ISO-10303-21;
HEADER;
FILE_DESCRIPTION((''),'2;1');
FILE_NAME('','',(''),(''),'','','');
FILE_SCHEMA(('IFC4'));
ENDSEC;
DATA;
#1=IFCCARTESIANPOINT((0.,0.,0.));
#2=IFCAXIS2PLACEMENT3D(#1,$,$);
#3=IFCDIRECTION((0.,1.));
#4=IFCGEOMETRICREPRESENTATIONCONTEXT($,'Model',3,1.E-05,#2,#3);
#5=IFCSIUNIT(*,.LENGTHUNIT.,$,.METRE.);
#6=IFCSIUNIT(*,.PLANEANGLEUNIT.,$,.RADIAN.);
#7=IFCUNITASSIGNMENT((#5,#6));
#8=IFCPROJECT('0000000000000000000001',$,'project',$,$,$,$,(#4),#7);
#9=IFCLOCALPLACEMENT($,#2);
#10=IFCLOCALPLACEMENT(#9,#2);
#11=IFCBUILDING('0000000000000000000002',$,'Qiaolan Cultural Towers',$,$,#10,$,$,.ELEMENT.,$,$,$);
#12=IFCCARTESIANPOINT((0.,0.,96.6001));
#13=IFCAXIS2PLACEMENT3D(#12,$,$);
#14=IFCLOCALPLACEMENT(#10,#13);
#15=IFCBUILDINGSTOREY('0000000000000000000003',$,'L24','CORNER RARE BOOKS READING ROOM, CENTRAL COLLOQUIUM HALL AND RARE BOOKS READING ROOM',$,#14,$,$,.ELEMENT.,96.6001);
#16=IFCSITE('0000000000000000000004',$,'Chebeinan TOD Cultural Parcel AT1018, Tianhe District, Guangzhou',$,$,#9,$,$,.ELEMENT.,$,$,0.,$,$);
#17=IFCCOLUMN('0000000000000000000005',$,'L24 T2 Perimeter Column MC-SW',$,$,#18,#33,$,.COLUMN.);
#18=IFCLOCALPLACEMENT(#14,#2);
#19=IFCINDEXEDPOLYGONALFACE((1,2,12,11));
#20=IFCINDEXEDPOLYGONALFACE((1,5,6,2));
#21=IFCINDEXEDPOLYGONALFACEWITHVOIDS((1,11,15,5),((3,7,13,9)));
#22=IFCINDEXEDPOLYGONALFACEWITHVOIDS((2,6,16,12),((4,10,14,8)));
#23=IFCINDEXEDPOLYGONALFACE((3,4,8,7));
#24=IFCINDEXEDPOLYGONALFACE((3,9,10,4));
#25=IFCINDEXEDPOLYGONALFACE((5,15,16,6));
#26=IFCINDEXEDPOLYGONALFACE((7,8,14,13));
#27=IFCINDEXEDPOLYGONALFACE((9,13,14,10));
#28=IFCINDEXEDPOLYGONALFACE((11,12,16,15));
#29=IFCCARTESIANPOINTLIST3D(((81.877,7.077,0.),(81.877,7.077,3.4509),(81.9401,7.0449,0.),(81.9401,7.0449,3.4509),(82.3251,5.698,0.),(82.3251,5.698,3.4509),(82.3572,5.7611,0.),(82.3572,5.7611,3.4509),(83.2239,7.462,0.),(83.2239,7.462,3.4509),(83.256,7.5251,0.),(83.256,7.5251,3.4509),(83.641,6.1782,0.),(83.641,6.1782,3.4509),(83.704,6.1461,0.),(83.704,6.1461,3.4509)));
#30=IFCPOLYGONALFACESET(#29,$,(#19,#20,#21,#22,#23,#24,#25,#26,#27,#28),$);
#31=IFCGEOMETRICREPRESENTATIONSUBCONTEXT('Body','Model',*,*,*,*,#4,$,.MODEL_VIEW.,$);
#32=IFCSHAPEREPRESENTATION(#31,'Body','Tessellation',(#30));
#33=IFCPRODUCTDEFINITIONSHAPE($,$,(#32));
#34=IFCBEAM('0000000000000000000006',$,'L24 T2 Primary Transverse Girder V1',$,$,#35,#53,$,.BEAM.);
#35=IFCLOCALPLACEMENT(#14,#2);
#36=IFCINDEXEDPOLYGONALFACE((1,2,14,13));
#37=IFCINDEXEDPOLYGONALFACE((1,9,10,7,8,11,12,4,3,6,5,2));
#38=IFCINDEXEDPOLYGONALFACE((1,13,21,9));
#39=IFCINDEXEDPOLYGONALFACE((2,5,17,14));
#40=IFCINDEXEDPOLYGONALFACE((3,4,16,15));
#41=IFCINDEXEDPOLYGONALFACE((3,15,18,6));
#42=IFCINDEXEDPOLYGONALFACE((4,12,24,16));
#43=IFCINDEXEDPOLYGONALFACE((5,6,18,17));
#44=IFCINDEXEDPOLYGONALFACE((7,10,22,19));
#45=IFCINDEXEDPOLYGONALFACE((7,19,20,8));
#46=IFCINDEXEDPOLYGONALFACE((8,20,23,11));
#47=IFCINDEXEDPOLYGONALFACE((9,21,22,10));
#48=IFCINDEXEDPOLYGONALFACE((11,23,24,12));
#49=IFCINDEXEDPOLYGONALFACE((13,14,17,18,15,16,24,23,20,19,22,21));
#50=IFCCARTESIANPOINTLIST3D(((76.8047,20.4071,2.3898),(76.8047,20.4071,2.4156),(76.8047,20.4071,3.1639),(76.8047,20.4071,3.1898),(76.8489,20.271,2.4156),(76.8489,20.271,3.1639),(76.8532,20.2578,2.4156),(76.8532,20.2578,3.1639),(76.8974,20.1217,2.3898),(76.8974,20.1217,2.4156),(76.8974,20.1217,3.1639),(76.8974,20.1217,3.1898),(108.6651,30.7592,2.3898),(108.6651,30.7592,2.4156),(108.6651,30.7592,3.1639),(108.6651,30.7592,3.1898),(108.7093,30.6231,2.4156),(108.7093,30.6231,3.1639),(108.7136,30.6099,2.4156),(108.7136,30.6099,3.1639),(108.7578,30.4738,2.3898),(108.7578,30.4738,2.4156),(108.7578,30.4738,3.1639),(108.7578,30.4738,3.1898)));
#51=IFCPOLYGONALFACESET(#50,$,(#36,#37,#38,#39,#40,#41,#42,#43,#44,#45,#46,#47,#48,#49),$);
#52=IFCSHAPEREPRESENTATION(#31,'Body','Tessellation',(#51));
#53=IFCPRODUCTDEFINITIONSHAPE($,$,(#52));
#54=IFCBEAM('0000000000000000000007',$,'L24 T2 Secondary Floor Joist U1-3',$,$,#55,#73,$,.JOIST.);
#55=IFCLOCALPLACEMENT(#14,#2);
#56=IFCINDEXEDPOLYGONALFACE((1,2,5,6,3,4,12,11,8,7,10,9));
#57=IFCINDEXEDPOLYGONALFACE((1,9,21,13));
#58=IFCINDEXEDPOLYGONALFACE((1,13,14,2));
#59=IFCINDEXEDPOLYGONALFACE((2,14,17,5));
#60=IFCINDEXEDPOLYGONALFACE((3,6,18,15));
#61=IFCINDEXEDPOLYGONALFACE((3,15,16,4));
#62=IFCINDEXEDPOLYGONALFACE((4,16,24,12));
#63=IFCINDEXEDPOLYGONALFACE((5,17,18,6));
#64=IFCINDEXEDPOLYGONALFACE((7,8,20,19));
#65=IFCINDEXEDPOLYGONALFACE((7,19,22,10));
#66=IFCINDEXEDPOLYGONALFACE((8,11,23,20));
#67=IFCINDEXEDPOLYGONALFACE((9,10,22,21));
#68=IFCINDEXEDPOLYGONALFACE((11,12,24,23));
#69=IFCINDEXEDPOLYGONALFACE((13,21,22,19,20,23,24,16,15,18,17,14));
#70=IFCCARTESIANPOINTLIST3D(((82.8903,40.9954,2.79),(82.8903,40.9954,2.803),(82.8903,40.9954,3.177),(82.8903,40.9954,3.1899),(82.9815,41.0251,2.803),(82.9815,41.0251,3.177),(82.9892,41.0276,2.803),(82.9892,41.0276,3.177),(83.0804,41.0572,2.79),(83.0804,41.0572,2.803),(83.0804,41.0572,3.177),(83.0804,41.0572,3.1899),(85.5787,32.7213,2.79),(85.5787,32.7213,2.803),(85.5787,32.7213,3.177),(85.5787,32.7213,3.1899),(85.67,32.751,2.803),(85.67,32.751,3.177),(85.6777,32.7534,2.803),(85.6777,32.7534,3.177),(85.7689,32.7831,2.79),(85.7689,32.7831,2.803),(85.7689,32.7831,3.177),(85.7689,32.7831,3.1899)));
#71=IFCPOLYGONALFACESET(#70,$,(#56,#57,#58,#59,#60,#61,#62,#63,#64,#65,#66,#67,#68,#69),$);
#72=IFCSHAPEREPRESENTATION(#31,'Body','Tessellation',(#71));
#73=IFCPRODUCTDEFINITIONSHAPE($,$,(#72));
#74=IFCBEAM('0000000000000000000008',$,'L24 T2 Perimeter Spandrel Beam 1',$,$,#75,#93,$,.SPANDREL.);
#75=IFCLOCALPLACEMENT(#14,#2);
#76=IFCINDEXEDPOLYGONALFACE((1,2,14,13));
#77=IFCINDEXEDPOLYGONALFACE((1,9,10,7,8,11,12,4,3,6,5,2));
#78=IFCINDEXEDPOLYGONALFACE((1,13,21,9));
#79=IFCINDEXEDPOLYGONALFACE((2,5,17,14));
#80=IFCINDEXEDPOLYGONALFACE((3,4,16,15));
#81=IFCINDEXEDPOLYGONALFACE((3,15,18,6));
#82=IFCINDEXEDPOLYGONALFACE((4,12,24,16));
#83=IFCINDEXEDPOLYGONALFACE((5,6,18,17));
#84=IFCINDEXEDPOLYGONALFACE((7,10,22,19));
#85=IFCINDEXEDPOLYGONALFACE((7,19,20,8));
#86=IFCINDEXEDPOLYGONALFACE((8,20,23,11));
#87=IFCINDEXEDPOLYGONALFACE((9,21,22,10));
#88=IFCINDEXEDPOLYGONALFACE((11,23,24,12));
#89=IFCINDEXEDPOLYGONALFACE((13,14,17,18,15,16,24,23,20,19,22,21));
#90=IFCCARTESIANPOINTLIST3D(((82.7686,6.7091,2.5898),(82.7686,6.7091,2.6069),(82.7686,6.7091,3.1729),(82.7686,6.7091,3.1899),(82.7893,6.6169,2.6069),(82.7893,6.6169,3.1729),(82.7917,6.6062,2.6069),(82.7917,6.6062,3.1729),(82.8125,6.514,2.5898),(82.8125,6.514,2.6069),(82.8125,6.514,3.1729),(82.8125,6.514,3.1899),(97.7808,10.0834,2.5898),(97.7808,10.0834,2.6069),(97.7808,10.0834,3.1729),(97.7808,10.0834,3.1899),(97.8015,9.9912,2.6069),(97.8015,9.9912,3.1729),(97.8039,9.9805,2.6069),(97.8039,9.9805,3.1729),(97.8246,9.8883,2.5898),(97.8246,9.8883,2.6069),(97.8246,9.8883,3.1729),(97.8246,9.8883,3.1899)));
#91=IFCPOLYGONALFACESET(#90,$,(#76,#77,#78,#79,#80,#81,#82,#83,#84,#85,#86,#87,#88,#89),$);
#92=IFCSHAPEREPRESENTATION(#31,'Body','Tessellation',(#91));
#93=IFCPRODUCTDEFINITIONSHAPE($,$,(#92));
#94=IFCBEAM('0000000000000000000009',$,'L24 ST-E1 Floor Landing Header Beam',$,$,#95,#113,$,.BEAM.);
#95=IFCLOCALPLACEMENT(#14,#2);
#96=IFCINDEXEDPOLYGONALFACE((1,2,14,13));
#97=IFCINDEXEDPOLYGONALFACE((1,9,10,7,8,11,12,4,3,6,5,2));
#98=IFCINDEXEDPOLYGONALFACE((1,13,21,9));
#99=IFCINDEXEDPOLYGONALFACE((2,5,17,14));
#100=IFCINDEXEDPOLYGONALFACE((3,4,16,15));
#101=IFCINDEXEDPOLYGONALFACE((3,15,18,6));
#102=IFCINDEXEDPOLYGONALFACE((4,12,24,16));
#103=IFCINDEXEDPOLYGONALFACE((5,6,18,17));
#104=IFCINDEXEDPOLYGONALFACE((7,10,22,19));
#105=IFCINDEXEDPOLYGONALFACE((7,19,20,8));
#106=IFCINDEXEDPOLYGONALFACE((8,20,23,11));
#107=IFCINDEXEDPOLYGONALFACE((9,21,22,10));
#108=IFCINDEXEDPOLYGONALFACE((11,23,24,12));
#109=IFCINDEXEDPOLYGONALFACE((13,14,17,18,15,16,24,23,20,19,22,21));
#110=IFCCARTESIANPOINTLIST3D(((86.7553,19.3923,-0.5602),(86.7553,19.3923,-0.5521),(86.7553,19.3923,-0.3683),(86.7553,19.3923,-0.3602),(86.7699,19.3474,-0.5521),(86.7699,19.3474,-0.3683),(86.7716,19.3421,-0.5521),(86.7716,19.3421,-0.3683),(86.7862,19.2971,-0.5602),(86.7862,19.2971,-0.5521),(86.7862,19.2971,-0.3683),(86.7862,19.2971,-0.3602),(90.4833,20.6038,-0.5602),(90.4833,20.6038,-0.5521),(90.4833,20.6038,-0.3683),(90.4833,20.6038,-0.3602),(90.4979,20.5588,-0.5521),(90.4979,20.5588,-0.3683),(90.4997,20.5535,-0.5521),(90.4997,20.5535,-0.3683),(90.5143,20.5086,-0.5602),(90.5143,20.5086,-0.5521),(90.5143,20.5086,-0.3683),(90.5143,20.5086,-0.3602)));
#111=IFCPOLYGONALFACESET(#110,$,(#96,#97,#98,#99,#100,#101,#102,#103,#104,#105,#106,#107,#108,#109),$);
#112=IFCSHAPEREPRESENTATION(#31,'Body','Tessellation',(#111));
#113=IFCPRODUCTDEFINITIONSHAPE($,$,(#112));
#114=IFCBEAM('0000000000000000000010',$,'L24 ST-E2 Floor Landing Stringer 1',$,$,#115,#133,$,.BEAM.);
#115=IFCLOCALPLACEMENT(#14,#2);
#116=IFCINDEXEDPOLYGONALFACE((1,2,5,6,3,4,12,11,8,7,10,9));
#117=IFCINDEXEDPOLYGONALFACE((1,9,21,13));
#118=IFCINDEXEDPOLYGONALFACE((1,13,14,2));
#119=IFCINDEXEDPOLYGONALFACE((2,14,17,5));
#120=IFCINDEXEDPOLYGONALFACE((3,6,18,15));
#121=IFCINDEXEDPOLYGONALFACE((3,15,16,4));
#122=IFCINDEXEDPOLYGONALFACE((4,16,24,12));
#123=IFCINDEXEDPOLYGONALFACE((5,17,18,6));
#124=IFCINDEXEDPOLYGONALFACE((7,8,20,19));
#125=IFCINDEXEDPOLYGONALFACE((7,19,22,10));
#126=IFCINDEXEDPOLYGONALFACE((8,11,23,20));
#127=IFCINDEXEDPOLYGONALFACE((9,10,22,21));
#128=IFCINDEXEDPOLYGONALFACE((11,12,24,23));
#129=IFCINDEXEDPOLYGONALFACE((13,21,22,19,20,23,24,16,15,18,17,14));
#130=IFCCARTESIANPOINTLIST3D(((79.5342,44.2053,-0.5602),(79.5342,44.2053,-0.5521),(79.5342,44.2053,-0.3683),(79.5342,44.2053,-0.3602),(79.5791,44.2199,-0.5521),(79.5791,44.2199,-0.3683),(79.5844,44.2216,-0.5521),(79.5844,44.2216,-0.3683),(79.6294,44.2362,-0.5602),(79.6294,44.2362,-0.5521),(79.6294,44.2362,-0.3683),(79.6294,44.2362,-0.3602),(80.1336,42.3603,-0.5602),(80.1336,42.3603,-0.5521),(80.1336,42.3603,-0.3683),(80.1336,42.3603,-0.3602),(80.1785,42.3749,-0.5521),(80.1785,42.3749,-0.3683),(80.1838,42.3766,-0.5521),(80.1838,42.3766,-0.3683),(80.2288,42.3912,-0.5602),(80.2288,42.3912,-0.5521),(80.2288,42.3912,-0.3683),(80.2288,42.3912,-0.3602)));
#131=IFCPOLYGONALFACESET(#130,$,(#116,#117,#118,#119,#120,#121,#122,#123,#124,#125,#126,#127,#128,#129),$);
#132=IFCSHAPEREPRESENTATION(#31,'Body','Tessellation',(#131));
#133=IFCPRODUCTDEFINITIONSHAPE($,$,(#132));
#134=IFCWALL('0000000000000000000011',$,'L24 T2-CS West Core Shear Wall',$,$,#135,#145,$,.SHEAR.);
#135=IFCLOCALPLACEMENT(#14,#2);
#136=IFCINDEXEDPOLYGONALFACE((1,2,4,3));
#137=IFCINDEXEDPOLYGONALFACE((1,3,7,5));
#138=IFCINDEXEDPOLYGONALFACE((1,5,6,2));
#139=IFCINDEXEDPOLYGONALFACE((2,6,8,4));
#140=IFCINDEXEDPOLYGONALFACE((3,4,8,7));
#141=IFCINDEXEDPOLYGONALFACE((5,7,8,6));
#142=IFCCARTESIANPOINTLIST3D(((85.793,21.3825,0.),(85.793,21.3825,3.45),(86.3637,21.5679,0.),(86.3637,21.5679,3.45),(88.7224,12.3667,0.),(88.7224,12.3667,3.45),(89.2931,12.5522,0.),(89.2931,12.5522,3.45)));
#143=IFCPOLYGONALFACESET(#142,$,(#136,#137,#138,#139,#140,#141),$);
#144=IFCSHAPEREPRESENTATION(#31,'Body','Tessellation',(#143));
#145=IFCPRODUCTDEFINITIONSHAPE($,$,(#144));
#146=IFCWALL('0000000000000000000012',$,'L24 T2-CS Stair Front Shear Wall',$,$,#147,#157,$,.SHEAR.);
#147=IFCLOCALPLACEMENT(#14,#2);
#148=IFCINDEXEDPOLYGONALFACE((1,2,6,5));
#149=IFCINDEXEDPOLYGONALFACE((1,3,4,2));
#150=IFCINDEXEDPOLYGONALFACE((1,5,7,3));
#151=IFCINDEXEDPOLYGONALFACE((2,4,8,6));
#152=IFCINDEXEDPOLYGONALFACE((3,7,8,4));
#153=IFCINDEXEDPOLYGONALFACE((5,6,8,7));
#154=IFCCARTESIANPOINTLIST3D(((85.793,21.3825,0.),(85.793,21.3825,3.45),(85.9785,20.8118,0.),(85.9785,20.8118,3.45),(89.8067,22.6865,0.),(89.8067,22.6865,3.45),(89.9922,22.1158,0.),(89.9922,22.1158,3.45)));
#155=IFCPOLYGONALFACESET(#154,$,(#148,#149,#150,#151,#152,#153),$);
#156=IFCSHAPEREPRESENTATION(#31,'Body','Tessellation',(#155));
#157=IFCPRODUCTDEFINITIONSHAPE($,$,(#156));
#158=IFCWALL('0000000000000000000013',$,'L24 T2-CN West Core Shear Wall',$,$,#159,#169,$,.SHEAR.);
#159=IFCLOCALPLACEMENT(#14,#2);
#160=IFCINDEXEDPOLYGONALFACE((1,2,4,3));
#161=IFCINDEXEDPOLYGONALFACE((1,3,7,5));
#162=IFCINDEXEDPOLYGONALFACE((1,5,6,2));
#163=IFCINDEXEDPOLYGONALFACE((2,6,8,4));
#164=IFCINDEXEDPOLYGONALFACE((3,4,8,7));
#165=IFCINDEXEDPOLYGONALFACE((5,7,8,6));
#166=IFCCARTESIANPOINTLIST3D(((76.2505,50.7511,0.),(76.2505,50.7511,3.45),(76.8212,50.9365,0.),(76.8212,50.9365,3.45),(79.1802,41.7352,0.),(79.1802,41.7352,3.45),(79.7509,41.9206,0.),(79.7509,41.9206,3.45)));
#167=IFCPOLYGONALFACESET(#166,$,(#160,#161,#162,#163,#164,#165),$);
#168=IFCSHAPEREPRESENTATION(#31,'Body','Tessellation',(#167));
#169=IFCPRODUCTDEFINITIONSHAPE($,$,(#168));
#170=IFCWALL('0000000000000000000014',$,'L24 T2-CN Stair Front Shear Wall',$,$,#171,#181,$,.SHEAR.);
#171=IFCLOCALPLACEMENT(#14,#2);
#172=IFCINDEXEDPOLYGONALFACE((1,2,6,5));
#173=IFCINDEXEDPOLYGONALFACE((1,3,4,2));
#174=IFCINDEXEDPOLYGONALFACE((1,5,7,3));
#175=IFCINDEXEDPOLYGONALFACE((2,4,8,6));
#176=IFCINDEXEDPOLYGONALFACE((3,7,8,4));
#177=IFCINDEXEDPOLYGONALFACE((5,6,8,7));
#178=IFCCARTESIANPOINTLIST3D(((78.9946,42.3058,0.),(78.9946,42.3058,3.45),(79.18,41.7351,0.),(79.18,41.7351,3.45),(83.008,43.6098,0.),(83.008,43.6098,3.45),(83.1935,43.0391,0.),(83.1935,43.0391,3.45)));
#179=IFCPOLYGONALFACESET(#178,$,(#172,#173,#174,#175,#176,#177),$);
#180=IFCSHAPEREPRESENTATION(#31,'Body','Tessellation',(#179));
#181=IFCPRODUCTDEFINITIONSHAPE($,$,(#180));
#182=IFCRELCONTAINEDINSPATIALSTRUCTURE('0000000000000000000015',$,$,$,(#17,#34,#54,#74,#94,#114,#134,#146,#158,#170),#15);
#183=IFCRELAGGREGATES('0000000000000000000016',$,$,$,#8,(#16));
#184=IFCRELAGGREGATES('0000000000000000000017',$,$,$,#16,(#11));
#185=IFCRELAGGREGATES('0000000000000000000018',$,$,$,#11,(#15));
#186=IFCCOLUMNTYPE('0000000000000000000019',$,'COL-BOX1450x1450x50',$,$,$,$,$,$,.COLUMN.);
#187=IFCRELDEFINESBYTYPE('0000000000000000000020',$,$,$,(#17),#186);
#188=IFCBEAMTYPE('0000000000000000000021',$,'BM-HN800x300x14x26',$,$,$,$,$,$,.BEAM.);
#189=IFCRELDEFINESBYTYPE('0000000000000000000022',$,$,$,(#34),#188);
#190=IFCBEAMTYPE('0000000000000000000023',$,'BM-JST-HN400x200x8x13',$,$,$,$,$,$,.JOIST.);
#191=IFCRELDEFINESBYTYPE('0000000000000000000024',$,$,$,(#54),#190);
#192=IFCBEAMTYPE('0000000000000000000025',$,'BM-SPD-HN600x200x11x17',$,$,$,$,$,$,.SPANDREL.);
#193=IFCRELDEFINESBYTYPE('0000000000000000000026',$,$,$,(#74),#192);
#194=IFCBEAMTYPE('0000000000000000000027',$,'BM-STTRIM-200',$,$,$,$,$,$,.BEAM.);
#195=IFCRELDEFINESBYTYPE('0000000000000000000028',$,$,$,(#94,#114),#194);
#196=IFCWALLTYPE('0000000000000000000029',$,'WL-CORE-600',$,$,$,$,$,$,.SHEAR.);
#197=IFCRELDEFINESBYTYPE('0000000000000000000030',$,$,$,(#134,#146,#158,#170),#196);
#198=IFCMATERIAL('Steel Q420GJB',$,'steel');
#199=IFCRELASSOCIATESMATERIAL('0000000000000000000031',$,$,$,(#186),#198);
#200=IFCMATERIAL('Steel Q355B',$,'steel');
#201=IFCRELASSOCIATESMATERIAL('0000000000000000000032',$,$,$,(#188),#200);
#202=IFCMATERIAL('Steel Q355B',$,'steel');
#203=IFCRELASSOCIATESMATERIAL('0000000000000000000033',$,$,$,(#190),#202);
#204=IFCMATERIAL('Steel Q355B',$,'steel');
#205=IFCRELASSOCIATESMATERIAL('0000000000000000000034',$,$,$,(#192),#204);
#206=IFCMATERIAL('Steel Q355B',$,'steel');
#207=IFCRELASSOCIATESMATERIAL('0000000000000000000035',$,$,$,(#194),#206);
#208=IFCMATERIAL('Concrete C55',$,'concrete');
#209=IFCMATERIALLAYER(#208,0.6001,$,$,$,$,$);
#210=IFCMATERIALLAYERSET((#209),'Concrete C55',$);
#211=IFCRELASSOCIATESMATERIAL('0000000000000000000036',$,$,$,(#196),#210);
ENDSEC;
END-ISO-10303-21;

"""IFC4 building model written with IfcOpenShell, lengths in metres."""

from ifc_helpers import new_model, si_unit, direction, frame, frame_2d, origin, origin_2d, place, context, subcontext, project, spatial, rectangle, hollow_rectangle, i_section, extrude, material, layer, layer_set, material_profile, profile_set, type_object, element, save


model = new_model("IFC4")

# Units and contexts
model_context = context("Model", 3, precision=1e-05, world=origin(), true_north=direction((0.0, 1.0)))
body_context = subcontext(model_context, "Body", "Model", "MODEL_VIEW")
ifc_project = project(units=[si_unit("LENGTHUNIT", "METRE"), si_unit("PLANEANGLEUNIT", "RADIAN")], contexts=[model_context])

# Site, building, storey
site_placement = place(None, origin())
site = spatial("IfcSite", under=ifc_project, at=site_placement, Name="Chebeinan TOD Cultural Parcel AT1018, Tianhe District, Guangzhou", CompositionType="ELEMENT", RefElevation=0.0)
building_placement = place(site_placement, origin())
building = spatial("IfcBuilding", under=site, at=building_placement, Name="Qiaolan Cultural Towers", CompositionType="ELEMENT")
storey_placement = place(building_placement, frame((0.0, 0.0, 96.6001)))
storey = spatial("IfcBuildingStorey", under=building, at=storey_placement, Name="L24", Description="CORNER RARE BOOKS READING ROOM, CENTRAL COLLOQUIUM HALL AND RARE BOOKS READING ROOM", CompositionType="ELEMENT", Elevation=96.6001)

# Column
ifc_material_1 = material(Name="Steel Q420GJB", Category="steel")
ifc_material_profile_1 = material_profile(ifc_material_1, hollow_rectangle(XDim=1.45, YDim=1.45, WallThickness=0.05, at=origin_2d()), Name="BOX1450x1450x50")
ifc_profile_set_1 = profile_set([ifc_material_profile_1], Name="Steel Q420GJB")
column_type = type_object("IfcColumnType", Name="COL-BOX1450x1450x50", PredefinedType="COLUMN", material=ifc_profile_set_1)
column_placement = place(storey_placement, frame((82.7905, 6.6116, 0.0), z_axis=(0.0, 0.0, 1.0), x_axis=(0.951057, 0.309017, 0.0)))
element("IfcColumn", 1, at=column_placement, inside=storey, type_object=column_type, Name="L24 T2 Perimeter Column MC-SW", PredefinedType="COLUMN", context=body_context, shape_type="SweptSolid", body=[
    extrude(hollow_rectangle(XDim=1.45, YDim=1.45, WallThickness=0.05, at=origin_2d()), origin(), (0.0, 0.0, 1.0), 3.4509),
])

# Beams
ifc_material_2 = material(Name="Steel Q355B", Category="steel")
ifc_material_profile_2 = material_profile(ifc_material_2, i_section(OverallWidth=0.3, OverallDepth=0.8, WebThickness=0.0139, FlangeThickness=0.0259, at=origin_2d()), Name="HN800x300x14x26")
ifc_profile_set_2 = profile_set([ifc_material_profile_2], Name="Steel Q355B")
beam_type_1 = type_object("IfcBeamType", Name="BM-HN800x300x14x26", PredefinedType="BEAM", material=ifc_profile_set_2)
beam_1_placement = place(storey_placement, frame((76.8511, 20.2644, 2.7898), z_axis=(0.951057, 0.309017, 0.0), x_axis=(-0.309017, 0.951057, 0.0)))
element("IfcBeam", 2, at=beam_1_placement, inside=storey, type_object=beam_type_1, Name="L24 T2 Primary Transverse Girder V1", PredefinedType="BEAM", context=body_context, shape_type="SweptSolid", body=[
    extrude(i_section(OverallWidth=0.3, OverallDepth=0.8, WebThickness=0.0139, FlangeThickness=0.0259, at=origin_2d()), origin(), (0.0, 0.0, 1.0), 33.5),
])
ifc_material_3 = material(Name="Steel Q355B", Category="steel")
ifc_material_profile_3 = material_profile(ifc_material_3, i_section(OverallWidth=0.2, OverallDepth=0.3999, WebThickness=0.0081, FlangeThickness=0.0129, at=origin_2d()), Name="HN400x200x8x13")
ifc_profile_set_3 = profile_set([ifc_material_profile_3], Name="Steel Q355B")
beam_type_2 = type_object("IfcBeamType", Name="BM-JST-HN400x200x8x13", PredefinedType="JOIST", material=ifc_profile_set_3)
beam_2_placement = place(storey_placement, frame((85.6738, 32.7522, 2.99), z_axis=(-0.309021, 0.951055, 0.0), x_axis=(-0.951055, -0.309021, 0.0)))
element("IfcBeam", 3, at=beam_2_placement, inside=storey, type_object=beam_type_2, Name="L24 T2 Secondary Floor Joist U1-3", PredefinedType="JOIST", context=body_context, shape_type="SweptSolid", body=[
    extrude(i_section(OverallWidth=0.2, OverallDepth=0.3999, WebThickness=0.0081, FlangeThickness=0.0129, at=origin_2d()), origin(), (0.0, 0.0, 1.0), 8.7),
])
ifc_material_4 = material(Name="Steel Q355B", Category="steel")
ifc_material_profile_4 = material_profile(ifc_material_4, i_section(OverallWidth=0.2, OverallDepth=0.6001, WebThickness=0.011, FlangeThickness=0.0171, at=origin_2d()), Name="HN600x200x11x17")
ifc_profile_set_4 = profile_set([ifc_material_profile_4], Name="Steel Q355B")
beam_type_3 = type_object("IfcBeamType", Name="BM-SPD-HN600x200x11x17", PredefinedType="SPANDREL", material=ifc_profile_set_4)
beam_3_placement = place(storey_placement, frame((82.7905, 6.6116, 2.8899), z_axis=(0.975658, 0.219297, 0.0), x_axis=(-0.219297, 0.975658, 0.0)))
element("IfcBeam", 4, at=beam_3_placement, inside=storey, type_object=beam_type_3, Name="L24 T2 Perimeter Spandrel Beam 1", PredefinedType="SPANDREL", context=body_context, shape_type="SweptSolid", body=[
    extrude(i_section(OverallWidth=0.2, OverallDepth=0.6001, WebThickness=0.011, FlangeThickness=0.0171, at=origin_2d()), origin(), (0.0, 0.0, 1.0), 15.3867),
])
ifc_material_5 = material(Name="Steel Q355B", Category="steel")
ifc_material_profile_5 = material_profile(ifc_material_5, i_section(OverallWidth=0.1001, OverallDepth=0.2, WebThickness=0.0056, FlangeThickness=0.0081, at=origin_2d()), Name="HN200x100x5.5x8")
ifc_profile_set_5 = profile_set([ifc_material_profile_5], Name="Steel Q355B")
beam_type_4 = type_object("IfcBeamType", Name="BM-STTRIM-200", PredefinedType="BEAM", material=ifc_profile_set_5)
beam_4_placement = place(storey_placement, frame((86.7708, 19.3447, -0.4602), z_axis=(0.951048, 0.309044, 0.0), x_axis=(-0.309044, 0.951048, 0.0)))
element("IfcBeam", 5, at=beam_4_placement, inside=storey, type_object=beam_type_4, Name="L24 ST-E1 Floor Landing Header Beam", PredefinedType="BEAM", context=body_context, shape_type="SweptSolid", body=[
    extrude(i_section(OverallWidth=0.1001, OverallDepth=0.2, WebThickness=0.0056, FlangeThickness=0.0081, at=origin_2d()), origin(), (0.0, 0.0, 1.0), 3.9199),
])
beam_5_placement = place(storey_placement, frame((80.1812, 42.3757, -0.4602), z_axis=(-0.308969, 0.951072, 0.0), x_axis=(-0.951072, -0.308969, 0.0)))
element("IfcBeam", 6, at=beam_5_placement, inside=storey, type_object=beam_type_4, Name="L24 ST-E2 Floor Landing Stringer 1", PredefinedType="BEAM", context=body_context, shape_type="SweptSolid", body=[
    extrude(i_section(OverallWidth=0.1001, OverallDepth=0.2, WebThickness=0.0056, FlangeThickness=0.0081, at=origin_2d()), origin(), (0.0, 0.0, 1.0), 1.9399),
])

# Walls
ifc_material_6 = material(Name="Concrete C55", Category="concrete")
ifc_layer_1 = layer(ifc_material_6, 0.6001)
ifc_layer_set_1 = layer_set([ifc_layer_1], Name="Concrete C55")
wall_type_1 = type_object("IfcWallType", Name="WL-CORE-600", PredefinedType="SHEAR", material=ifc_layer_set_1)
wall_1_placement = place(storey_placement, frame((86.0784, 21.4751, 0.0), z_axis=(0.0, 0.0, 1.0), x_axis=(0.309018, -0.951056, 0.0)))
element("IfcWall", 7, at=wall_1_placement, inside=storey, type_object=wall_type_1, Name="L24 T2-CS West Core Shear Wall", PredefinedType="SHEAR", context=body_context, shape_type="SweptSolid", body=[
    extrude(rectangle(XDim=9.4797, YDim=0.6001, at=frame_2d((4.7397, 0.0))), origin(), (0.0, 0.0, 1.0), 3.45),
])
wall_2_placement = place(storey_placement, frame((85.8857, 21.0972, 0.0), z_axis=(0.0, 0.0, 1.0), x_axis=(0.951068, 0.308981, 0.0)))
element("IfcWall", 8, at=wall_2_placement, inside=storey, type_object=wall_type_1, Name="L24 T2-CS Stair Front Shear Wall", PredefinedType="SHEAR", context=body_context, shape_type="SweptSolid", body=[
    extrude(rectangle(XDim=4.2202, YDim=0.6001, at=frame_2d((2.1101, 0.0))), origin(), (0.0, 0.0, 1.0), 3.45),
])
wall_3_placement = place(storey_placement, frame((79.4656, 41.8279, 0.0), z_axis=(0.0, 0.0, 1.0), x_axis=(-0.309041, 0.951049, 0.0)))
element("IfcWall", 9, at=wall_3_placement, inside=storey, type_object=wall_type_1, Name="L24 T2-CN West Core Shear Wall", PredefinedType="SHEAR", context=body_context, shape_type="SweptSolid", body=[
    extrude(rectangle(XDim=9.48, YDim=0.6001, at=frame_2d((4.74, 0.0))), origin(), (0.0, 0.0, 1.0), 3.45),
])
wall_4_placement = place(storey_placement, frame((79.0874, 42.0205, 0.0), z_axis=(0.0, 0.0, 1.0), x_axis=(0.951063, 0.308998, 0.0)))
element("IfcWall", 10, at=wall_4_placement, inside=storey, type_object=wall_type_1, Name="L24 T2-CN Stair Front Shear Wall", PredefinedType="SHEAR", context=body_context, shape_type="SweptSolid", body=[
    extrude(rectangle(XDim=4.22, YDim=0.6001, at=frame_2d((2.1099, 0.0))), origin(), (0.0, 0.0, 1.0), 3.45),
])

save(model, "model.ifc")
